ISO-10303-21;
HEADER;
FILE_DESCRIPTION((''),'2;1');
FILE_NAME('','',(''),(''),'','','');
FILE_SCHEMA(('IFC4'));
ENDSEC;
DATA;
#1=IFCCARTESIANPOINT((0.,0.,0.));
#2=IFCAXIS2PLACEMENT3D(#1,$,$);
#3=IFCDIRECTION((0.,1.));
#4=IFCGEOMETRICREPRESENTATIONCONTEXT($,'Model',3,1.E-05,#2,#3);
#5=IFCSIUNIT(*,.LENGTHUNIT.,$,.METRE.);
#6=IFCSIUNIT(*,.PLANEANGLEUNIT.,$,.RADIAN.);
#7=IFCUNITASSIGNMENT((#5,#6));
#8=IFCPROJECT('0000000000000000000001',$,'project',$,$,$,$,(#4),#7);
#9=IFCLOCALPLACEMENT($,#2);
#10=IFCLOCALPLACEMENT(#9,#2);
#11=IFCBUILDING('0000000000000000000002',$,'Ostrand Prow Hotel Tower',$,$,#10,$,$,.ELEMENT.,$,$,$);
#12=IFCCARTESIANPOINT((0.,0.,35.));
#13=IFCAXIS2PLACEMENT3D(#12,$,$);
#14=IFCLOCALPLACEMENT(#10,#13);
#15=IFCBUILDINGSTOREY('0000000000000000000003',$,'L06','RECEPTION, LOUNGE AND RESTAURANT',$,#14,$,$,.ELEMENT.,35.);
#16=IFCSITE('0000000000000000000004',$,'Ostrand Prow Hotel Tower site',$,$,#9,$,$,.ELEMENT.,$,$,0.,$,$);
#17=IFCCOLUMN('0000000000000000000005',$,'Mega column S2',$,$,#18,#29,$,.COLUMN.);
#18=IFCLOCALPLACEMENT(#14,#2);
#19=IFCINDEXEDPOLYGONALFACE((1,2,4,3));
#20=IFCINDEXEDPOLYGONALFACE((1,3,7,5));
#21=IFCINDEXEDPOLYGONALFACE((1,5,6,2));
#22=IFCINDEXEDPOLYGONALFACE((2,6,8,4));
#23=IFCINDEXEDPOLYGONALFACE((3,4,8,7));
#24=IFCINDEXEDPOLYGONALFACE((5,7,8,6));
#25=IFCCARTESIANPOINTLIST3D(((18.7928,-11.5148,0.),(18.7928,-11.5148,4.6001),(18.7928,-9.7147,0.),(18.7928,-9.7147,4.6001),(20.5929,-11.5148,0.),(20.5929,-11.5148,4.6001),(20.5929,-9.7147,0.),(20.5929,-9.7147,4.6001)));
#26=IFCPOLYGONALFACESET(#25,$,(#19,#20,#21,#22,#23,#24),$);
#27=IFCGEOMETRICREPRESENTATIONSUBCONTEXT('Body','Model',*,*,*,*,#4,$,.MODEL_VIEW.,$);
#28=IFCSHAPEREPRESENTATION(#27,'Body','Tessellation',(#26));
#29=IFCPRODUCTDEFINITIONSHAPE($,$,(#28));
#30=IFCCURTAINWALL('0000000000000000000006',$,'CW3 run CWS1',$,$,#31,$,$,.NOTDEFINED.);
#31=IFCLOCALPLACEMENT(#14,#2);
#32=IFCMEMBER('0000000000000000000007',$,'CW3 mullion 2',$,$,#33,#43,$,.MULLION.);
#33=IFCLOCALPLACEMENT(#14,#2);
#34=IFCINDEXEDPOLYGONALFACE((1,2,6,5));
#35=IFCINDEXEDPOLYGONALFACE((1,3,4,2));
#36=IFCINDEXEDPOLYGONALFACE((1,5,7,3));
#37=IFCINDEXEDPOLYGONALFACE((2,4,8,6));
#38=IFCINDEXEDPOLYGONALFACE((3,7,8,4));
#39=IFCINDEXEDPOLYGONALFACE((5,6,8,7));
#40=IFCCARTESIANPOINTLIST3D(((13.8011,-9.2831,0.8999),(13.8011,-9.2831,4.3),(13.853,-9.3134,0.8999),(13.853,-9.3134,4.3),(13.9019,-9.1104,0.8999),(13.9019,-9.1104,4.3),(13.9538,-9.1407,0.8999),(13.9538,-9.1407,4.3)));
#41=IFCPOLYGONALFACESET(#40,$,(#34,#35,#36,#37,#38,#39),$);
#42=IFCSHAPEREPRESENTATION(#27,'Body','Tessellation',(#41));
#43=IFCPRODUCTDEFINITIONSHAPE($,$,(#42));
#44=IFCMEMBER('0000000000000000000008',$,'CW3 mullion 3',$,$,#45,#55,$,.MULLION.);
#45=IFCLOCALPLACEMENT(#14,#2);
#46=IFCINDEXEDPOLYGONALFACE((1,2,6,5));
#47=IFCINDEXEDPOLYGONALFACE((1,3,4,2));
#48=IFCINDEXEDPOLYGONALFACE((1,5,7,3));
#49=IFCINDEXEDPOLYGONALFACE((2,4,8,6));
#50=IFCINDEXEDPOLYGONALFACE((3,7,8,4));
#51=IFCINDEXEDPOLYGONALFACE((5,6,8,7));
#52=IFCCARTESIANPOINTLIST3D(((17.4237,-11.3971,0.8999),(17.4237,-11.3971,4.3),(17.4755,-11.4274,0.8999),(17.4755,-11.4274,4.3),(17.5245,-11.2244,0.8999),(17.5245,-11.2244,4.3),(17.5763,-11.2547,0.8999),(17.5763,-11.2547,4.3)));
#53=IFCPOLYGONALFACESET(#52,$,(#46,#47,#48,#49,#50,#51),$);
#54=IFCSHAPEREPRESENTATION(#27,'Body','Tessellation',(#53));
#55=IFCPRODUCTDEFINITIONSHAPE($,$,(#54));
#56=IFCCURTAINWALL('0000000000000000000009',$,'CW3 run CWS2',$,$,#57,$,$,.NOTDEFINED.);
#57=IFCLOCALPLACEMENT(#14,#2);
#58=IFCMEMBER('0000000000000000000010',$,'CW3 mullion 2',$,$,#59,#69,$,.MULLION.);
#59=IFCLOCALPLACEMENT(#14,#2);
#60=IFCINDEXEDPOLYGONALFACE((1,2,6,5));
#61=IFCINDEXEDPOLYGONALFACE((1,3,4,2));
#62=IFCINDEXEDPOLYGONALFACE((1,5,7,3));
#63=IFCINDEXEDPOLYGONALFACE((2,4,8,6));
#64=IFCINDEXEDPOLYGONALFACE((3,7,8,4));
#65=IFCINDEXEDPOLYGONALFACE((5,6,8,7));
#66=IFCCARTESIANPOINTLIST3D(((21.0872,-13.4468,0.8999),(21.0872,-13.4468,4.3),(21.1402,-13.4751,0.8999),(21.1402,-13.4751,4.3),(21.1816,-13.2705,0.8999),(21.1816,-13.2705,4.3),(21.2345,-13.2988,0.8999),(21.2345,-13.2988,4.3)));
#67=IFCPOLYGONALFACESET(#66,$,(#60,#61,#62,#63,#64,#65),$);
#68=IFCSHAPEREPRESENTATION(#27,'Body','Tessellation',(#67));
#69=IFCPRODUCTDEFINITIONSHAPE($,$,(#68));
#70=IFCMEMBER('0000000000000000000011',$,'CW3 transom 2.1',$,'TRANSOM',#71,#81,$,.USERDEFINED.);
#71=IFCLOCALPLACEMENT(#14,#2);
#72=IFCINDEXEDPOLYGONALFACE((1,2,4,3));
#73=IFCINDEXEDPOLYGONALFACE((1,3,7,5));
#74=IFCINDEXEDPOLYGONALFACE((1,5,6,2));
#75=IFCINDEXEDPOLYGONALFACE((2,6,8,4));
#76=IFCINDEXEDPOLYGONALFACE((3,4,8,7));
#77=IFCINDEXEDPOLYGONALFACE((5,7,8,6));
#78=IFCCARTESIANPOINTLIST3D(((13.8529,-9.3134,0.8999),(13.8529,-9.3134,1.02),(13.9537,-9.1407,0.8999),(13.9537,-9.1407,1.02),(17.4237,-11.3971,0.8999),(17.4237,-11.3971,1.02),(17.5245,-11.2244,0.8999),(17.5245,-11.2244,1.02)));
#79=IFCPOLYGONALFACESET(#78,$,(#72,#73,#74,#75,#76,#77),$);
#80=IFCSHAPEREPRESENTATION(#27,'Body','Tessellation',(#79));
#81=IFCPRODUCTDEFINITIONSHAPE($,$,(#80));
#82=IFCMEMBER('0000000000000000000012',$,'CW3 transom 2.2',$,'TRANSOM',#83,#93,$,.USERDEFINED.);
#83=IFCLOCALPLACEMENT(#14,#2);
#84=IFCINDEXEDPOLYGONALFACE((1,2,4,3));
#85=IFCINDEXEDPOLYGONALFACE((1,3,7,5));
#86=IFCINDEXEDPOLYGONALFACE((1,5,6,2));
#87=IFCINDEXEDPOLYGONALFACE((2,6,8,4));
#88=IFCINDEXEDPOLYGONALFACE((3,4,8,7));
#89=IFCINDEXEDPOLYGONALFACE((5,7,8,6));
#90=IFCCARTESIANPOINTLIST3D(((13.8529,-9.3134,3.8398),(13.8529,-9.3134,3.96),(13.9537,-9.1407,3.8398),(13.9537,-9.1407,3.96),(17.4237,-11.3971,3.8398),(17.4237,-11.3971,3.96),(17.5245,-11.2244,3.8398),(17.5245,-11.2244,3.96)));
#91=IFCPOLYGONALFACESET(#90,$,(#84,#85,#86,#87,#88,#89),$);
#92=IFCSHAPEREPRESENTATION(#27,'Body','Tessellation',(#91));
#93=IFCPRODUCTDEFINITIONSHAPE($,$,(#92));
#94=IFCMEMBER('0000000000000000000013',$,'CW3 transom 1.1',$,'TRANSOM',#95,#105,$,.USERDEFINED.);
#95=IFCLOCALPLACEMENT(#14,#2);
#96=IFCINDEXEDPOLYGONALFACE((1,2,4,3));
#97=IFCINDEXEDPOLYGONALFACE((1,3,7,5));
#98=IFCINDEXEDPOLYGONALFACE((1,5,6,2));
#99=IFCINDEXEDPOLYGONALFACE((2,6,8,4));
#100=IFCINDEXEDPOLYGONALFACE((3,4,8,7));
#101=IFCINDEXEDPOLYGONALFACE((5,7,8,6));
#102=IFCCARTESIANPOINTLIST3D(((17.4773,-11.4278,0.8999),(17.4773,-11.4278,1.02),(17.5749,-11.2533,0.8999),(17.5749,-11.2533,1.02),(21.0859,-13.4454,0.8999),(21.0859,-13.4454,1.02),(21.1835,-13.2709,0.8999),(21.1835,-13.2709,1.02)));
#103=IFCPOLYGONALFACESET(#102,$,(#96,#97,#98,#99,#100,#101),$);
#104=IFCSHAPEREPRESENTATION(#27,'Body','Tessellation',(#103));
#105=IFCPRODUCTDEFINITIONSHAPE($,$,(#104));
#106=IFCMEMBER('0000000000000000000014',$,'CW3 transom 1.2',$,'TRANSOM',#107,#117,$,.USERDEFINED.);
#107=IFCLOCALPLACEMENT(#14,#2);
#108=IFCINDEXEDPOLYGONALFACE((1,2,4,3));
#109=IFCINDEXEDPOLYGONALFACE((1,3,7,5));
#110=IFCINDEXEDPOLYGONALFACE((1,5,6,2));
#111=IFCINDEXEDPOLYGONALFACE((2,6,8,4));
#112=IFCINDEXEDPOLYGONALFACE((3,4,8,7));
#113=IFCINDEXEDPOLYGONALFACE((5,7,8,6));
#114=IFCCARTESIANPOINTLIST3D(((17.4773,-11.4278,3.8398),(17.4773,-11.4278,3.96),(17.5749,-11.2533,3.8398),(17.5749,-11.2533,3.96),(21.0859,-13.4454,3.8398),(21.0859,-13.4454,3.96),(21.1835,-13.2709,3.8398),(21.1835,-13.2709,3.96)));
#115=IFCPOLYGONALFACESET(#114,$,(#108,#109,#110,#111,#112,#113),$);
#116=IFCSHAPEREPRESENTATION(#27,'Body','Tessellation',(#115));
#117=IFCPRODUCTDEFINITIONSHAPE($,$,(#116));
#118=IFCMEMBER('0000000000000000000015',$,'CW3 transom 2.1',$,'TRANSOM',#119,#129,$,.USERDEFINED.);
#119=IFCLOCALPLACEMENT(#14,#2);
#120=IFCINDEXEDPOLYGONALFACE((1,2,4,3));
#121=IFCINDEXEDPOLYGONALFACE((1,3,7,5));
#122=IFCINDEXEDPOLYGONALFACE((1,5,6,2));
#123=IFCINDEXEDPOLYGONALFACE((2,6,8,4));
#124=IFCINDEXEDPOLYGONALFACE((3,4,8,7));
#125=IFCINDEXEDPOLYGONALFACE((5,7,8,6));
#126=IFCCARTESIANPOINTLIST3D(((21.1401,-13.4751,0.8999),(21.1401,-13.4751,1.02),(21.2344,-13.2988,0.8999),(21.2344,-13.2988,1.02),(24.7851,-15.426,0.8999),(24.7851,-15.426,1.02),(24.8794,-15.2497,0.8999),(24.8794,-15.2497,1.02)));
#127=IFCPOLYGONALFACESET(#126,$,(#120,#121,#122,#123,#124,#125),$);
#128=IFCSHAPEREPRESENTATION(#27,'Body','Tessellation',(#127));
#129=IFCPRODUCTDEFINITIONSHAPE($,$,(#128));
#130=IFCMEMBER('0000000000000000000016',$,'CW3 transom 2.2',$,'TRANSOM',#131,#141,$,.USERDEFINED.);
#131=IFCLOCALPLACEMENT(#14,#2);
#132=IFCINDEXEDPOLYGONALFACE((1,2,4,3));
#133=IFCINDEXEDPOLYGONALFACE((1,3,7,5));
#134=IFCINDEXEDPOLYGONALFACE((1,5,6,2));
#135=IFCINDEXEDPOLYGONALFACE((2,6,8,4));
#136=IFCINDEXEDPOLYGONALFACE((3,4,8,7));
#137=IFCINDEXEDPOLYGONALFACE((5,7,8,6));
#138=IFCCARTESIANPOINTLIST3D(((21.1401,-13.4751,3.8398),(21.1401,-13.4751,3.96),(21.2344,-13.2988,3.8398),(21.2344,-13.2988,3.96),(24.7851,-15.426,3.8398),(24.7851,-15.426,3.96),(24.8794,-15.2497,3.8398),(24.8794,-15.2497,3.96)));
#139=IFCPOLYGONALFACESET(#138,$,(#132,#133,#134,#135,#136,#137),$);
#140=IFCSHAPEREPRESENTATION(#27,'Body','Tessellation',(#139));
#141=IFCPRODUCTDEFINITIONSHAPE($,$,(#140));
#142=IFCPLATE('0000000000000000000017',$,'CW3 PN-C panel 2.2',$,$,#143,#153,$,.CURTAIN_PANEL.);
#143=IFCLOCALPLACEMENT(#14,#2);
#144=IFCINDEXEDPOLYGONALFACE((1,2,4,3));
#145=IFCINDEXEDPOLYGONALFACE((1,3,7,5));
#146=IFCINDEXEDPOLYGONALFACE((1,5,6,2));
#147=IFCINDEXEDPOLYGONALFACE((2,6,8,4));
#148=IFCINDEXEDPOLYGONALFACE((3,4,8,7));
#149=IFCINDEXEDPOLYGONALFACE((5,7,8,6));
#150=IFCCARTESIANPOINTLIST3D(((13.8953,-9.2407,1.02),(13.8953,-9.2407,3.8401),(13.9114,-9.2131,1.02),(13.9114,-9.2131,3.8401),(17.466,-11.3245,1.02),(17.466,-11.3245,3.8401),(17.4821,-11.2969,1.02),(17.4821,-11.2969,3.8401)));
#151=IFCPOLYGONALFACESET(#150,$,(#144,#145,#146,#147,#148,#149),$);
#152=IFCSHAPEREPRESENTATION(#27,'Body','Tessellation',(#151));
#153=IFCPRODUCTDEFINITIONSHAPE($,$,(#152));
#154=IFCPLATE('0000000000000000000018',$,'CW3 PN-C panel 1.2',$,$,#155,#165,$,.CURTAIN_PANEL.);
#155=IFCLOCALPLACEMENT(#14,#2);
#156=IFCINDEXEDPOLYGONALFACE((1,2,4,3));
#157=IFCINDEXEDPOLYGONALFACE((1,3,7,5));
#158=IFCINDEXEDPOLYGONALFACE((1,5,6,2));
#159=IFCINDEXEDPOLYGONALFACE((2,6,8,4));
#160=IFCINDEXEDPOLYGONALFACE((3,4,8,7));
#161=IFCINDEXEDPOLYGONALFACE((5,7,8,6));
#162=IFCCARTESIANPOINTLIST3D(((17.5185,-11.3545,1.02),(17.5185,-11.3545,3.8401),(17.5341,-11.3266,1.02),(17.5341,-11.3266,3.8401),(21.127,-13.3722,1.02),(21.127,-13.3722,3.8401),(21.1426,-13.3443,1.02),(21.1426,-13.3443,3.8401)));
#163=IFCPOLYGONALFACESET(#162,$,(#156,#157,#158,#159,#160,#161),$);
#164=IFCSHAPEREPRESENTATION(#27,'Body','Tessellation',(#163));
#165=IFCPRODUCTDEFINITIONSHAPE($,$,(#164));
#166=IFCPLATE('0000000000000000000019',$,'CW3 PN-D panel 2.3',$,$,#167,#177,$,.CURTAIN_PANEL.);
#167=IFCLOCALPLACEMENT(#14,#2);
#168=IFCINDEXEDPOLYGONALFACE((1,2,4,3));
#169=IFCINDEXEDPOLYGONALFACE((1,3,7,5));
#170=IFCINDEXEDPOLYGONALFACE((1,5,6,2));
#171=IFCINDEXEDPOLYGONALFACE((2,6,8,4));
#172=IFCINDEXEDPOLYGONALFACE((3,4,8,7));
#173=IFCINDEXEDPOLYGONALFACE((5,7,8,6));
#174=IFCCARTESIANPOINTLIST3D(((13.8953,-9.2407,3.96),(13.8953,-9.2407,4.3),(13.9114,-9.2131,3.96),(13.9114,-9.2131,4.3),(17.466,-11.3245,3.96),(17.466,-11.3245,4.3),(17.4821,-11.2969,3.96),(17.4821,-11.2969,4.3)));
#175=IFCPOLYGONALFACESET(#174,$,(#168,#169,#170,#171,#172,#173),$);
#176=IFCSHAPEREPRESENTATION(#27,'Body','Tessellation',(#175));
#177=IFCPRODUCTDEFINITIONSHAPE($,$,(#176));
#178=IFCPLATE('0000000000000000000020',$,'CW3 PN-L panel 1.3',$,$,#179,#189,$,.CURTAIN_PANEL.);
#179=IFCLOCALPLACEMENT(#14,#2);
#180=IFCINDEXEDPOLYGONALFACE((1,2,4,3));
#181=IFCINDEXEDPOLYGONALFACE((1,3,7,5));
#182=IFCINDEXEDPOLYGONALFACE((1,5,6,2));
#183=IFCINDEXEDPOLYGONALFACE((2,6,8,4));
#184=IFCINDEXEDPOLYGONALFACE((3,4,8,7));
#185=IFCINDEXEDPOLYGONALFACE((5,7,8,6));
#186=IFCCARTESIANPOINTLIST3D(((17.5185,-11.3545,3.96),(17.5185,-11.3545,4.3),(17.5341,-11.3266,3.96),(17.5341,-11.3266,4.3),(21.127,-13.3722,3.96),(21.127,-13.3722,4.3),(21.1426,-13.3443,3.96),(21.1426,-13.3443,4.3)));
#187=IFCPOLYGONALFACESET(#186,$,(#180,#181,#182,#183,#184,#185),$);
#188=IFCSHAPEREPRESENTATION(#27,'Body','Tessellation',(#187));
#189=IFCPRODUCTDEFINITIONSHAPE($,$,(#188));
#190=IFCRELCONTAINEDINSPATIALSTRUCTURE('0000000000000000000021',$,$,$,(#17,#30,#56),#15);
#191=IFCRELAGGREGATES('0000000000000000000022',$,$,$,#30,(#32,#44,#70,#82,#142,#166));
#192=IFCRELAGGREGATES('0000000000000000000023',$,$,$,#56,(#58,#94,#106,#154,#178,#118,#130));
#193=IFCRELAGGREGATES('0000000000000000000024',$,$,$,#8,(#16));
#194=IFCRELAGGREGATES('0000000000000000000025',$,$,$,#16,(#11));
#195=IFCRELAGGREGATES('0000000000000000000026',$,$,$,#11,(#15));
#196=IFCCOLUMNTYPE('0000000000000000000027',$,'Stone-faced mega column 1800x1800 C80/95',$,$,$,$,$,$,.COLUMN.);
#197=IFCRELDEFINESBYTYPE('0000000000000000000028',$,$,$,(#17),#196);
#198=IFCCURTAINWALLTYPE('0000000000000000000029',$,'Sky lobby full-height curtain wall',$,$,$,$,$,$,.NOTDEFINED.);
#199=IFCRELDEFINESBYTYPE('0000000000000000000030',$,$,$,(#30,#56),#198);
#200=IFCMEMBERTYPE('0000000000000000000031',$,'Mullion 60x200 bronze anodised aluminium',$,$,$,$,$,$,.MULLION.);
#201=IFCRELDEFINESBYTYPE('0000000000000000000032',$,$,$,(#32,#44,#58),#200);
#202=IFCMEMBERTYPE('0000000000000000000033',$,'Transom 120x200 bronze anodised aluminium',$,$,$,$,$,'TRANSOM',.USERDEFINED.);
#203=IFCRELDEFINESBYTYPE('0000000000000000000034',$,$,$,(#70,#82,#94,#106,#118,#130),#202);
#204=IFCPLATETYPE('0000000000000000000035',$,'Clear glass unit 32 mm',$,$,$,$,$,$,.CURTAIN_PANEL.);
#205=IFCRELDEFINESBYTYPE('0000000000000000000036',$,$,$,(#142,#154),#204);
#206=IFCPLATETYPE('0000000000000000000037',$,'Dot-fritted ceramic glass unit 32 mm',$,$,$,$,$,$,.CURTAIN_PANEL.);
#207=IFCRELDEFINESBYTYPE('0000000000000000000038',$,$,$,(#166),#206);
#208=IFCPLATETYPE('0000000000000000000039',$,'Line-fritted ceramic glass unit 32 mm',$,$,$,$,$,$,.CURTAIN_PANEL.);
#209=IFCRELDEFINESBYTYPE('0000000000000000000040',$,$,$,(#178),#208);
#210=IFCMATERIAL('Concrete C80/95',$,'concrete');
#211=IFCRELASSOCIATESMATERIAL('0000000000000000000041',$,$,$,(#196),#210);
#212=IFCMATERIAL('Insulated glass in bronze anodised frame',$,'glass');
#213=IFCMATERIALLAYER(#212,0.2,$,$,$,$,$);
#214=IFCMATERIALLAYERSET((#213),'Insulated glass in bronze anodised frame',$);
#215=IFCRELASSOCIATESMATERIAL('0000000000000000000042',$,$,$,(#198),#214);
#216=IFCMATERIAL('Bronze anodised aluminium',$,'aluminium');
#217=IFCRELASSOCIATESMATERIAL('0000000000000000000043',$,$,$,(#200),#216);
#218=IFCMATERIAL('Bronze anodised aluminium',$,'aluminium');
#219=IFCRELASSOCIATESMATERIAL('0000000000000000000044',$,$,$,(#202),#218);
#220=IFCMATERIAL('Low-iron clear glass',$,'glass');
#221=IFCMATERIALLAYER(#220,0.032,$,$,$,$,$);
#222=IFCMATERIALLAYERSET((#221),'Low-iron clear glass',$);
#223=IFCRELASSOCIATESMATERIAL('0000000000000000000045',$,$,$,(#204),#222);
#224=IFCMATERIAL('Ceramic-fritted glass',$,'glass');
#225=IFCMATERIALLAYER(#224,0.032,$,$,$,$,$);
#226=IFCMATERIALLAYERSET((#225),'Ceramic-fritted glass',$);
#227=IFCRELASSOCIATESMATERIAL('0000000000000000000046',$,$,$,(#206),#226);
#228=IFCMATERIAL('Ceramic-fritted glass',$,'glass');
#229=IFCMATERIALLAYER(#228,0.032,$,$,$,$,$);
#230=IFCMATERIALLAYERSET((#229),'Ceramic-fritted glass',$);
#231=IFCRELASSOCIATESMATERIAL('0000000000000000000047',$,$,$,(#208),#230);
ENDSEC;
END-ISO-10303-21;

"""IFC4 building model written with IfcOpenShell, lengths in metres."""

from ifc_helpers import new_model, si_unit, direction, frame, origin, origin_2d, place, context, subcontext, project, spatial, rectangle, extrude, material, layer, layer_set, material_profile, profile_set, type_object, element, aggregate, save


model = new_model("IFC4")

# Units and contexts
model_context = context("Model", 3, precision=1e-05, world=origin(), true_north=direction((0.0, 1.0)))
body_context = subcontext(model_context, "Body", "Model", "MODEL_VIEW")
ifc_project = project(units=[si_unit("LENGTHUNIT", "METRE"), si_unit("PLANEANGLEUNIT", "RADIAN")], contexts=[model_context])

# Site, building, storey
site_placement = place(None, origin())
site = spatial("IfcSite", under=ifc_project, at=site_placement, Name="Ostrand Prow Hotel Tower site", CompositionType="ELEMENT", RefElevation=0.0)
building_placement = place(site_placement, origin())
building = spatial("IfcBuilding", under=site, at=building_placement, Name="Ostrand Prow Hotel Tower", CompositionType="ELEMENT")
storey_placement = place(building_placement, frame((0.0, 0.0, 35.0)))
storey = spatial("IfcBuildingStorey", under=building, at=storey_placement, Name="L06", Description="RECEPTION, LOUNGE AND RESTAURANT", CompositionType="ELEMENT", Elevation=35.0)

# Column
ifc_material_1 = material(Name="Concrete C80/95", Category="concrete")
ifc_material_profile_1 = material_profile(ifc_material_1, rectangle(XDim=1.8, YDim=1.8, at=origin_2d()), Name="RC 1800x1800")
ifc_profile_set_1 = profile_set([ifc_material_profile_1], Name="Concrete C80/95")
column_type = type_object("IfcColumnType", Name="Stone-faced mega column 1800x1800 C80/95", PredefinedType="COLUMN", material=ifc_profile_set_1)
column_placement = place(storey_placement, frame((19.6929, -10.6147, 0.0), z_axis=(0.0, 0.0, 1.0), x_axis=(1.0, 0.0, 0.0)))
element("IfcColumn", 1, at=column_placement, inside=storey, type_object=column_type, Name="Mega column S2", PredefinedType="COLUMN", context=body_context, shape_type="SweptSolid", body=[
    extrude(rectangle(XDim=1.8, YDim=1.8, at=origin_2d()), origin(), (0.0, 0.0, 1.0), 4.6001),
])

# Curtain wall, members
ifc_material_2 = material(Name="Insulated glass in bronze anodised frame", Category="glass")
ifc_layer_1 = layer(ifc_material_2, 0.2)
ifc_layer_set_1 = layer_set([ifc_layer_1], Name="Insulated glass in bronze anodised frame")
curtain_wall_type = type_object("IfcCurtainWallType", Name="Sky lobby full-height curtain wall", PredefinedType="NOTDEFINED", material=ifc_layer_set_1)
curtain_wall_1_placement = place(storey_placement, origin())
curtain_wall_1 = element("IfcCurtainWall", 2, at=curtain_wall_1_placement, inside=storey, type_object=curtain_wall_type, Name="CW3 run CWS1", PredefinedType="NOTDEFINED")
ifc_material_3 = material(Name="Bronze anodised aluminium", Category="aluminium")
ifc_material_profile_2 = material_profile(ifc_material_3, rectangle(XDim=0.2, YDim=0.0601, at=origin_2d()), Name="Mullion 60x200 bronze anodised aluminium")
ifc_profile_set_2 = profile_set([ifc_material_profile_2], Name="Bronze anodised aluminium")
member_type_1 = type_object("IfcMemberType", Name="Mullion 60x200 bronze anodised aluminium", PredefinedType="MULLION", material=ifc_profile_set_2)
member_1_placement = place(storey_placement, frame((13.8774, -9.2119, 0.8999), z_axis=(0.0, 0.0, 1.0), x_axis=(0.504023, 0.86369, 0.0)))
member_1 = element("IfcMember", 3, at=member_1_placement, type_object=member_type_1, Name="CW3 mullion 2", PredefinedType="MULLION", context=body_context, shape_type="SweptSolid", body=[
    extrude(rectangle(XDim=0.2, YDim=0.0601, at=origin_2d()), origin(), (0.0, 0.0, 1.0), 3.4001),
])
member_2_placement = place(storey_placement, frame((17.5, -11.3259, 0.8999), z_axis=(0.0, 0.0, 1.0), x_axis=(0.504023, 0.86369, 0.0)))
member_2 = element("IfcMember", 4, at=member_2_placement, type_object=member_type_1, Name="CW3 mullion 3", PredefinedType="MULLION", context=body_context, shape_type="SweptSolid", body=[
    extrude(rectangle(XDim=0.2, YDim=0.0601, at=origin_2d()), origin(), (0.0, 0.0, 1.0), 3.4001),
])

# Curtain wall, member
curtain_wall_2_placement = place(storey_placement, origin())
curtain_wall_2 = element("IfcCurtainWall", 5, at=curtain_wall_2_placement, inside=storey, type_object=curtain_wall_type, Name="CW3 run CWS2", PredefinedType="NOTDEFINED")
member_3_placement = place(storey_placement, frame((21.1609, -13.3728, 0.8999), z_axis=(0.0, 0.0, 1.0), x_axis=(0.4719, 0.881652, 0.0)))
member_3 = element("IfcMember", 6, at=member_3_placement, type_object=member_type_1, Name="CW3 mullion 2", PredefinedType="MULLION", context=body_context, shape_type="SweptSolid", body=[
    extrude(rectangle(XDim=0.2, YDim=0.0601, at=origin_2d()), origin(), (0.0, 0.0, 1.0), 3.4001),
])

# Members
ifc_material_4 = material(Name="Bronze anodised aluminium", Category="aluminium")
ifc_material_profile_3 = material_profile(ifc_material_4, rectangle(XDim=0.2, YDim=0.1201, at=origin_2d()), Name="Transom 120x200 bronze anodised aluminium")
ifc_profile_set_3 = profile_set([ifc_material_profile_3], Name="Bronze anodised aluminium")
member_type_2 = type_object("IfcMemberType", Name="Transom 120x200 bronze anodised aluminium", ElementType="TRANSOM", PredefinedType="USERDEFINED", material=ifc_profile_set_3)
member_4_placement = place(storey_placement, frame((13.9033, -9.2271, 0.96), z_axis=(0.863698, -0.504011, 0.0), x_axis=(0.504011, 0.863698, 0.0)))
member_4 = element("IfcMember", 7, at=member_4_placement, type_object=member_type_2, Name="CW3 transom 2.1", ObjectType="TRANSOM", PredefinedType="USERDEFINED", context=body_context, shape_type="SweptSolid", body=[
    extrude(rectangle(XDim=0.2, YDim=0.1201, at=origin_2d()), origin(), (0.0, 0.0, 1.0), 4.1343),
])
member_5_placement = place(storey_placement, frame((13.9033, -9.2271, 3.8999), z_axis=(0.863698, -0.504011, 0.0), x_axis=(0.504011, 0.863698, 0.0)))
member_5 = element("IfcMember", 8, at=member_5_placement, type_object=member_type_2, Name="CW3 transom 2.2", ObjectType="TRANSOM", PredefinedType="USERDEFINED", context=body_context, shape_type="SweptSolid", body=[
    extrude(rectangle(XDim=0.2, YDim=0.1201, at=origin_2d()), origin(), (0.0, 0.0, 1.0), 4.1343),
])
member_6_placement = place(storey_placement, frame((17.5261, -11.3406, 0.96), z_axis=(0.872842, -0.488003, 0.0), x_axis=(0.488003, 0.872842, 0.0)))
member_6 = element("IfcMember", 9, at=member_6_placement, type_object=member_type_2, Name="CW3 transom 1.1", ObjectType="TRANSOM", PredefinedType="USERDEFINED", context=body_context, shape_type="SweptSolid", body=[
    extrude(rectangle(XDim=0.2, YDim=0.1201, at=origin_2d()), origin(), (0.0, 0.0, 1.0), 4.1343),
])
member_7_placement = place(storey_placement, frame((17.5261, -11.3406, 3.8999), z_axis=(0.872842, -0.488003, 0.0), x_axis=(0.488003, 0.872842, 0.0)))
member_7 = element("IfcMember", 10, at=member_7_placement, type_object=member_type_2, Name="CW3 transom 1.2", ObjectType="TRANSOM", PredefinedType="USERDEFINED", context=body_context, shape_type="SweptSolid", body=[
    extrude(rectangle(XDim=0.2, YDim=0.1201, at=origin_2d()), origin(), (0.0, 0.0, 1.0), 4.1343),
])
member_8_placement = place(storey_placement, frame((21.1873, -13.387, 0.96), z_axis=(0.881657, -0.47189, 0.0), x_axis=(0.47189, 0.881657, 0.0)))
member_8 = element("IfcMember", 11, at=member_8_placement, type_object=member_type_2, Name="CW3 transom 2.1", ObjectType="TRANSOM", PredefinedType="USERDEFINED", context=body_context, shape_type="SweptSolid", body=[
    extrude(rectangle(XDim=0.2, YDim=0.1201, at=origin_2d()), origin(), (0.0, 0.0, 1.0), 4.1343),
])
member_9_placement = place(storey_placement, frame((21.1873, -13.387, 3.8999), z_axis=(0.881657, -0.47189, 0.0), x_axis=(0.47189, 0.881657, 0.0)))
member_9 = element("IfcMember", 12, at=member_9_placement, type_object=member_type_2, Name="CW3 transom 2.2", ObjectType="TRANSOM", PredefinedType="USERDEFINED", context=body_context, shape_type="SweptSolid", body=[
    extrude(rectangle(XDim=0.2, YDim=0.1201, at=origin_2d()), origin(), (0.0, 0.0, 1.0), 4.1343),
])

# Plates
ifc_material_5 = material(Name="Low-iron clear glass", Category="glass")
ifc_layer_2 = layer(ifc_material_5, 0.032)
ifc_layer_set_2 = layer_set([ifc_layer_2], Name="Low-iron clear glass")
plate_type_1 = type_object("IfcPlateType", Name="Clear glass unit 32 mm", PredefinedType="CURTAIN_PANEL", material=ifc_layer_set_2)
plate_1_placement = place(storey_placement, frame((15.6887, -10.2688, 1.02), z_axis=(0.0, 0.0, 1.0), x_axis=(0.86369, -0.504023, 0.0)))
plate_1 = element("IfcPlate", 13, at=plate_1_placement, type_object=plate_type_1, Name="CW3 PN-C panel 2.2", PredefinedType="CURTAIN_PANEL", context=body_context, shape_type="SweptSolid", body=[
    extrude(rectangle(XDim=4.1343, YDim=0.032, at=origin_2d()), origin(), (0.0, 0.0, 1.0), 2.8201),
])
plate_2_placement = place(storey_placement, frame((19.3306, -12.3494, 1.02), z_axis=(0.0, 0.0, 1.0), x_axis=(0.872819, -0.488044, 0.0)))
plate_2 = element("IfcPlate", 14, at=plate_2_placement, type_object=plate_type_1, Name="CW3 PN-C panel 1.2", PredefinedType="CURTAIN_PANEL", context=body_context, shape_type="SweptSolid", body=[
    extrude(rectangle(XDim=4.1343, YDim=0.032, at=origin_2d()), origin(), (0.0, 0.0, 1.0), 2.8201),
])
ifc_material_6 = material(Name="Ceramic-fritted glass", Category="glass")
ifc_layer_3 = layer(ifc_material_6, 0.032)
ifc_layer_set_3 = layer_set([ifc_layer_3], Name="Ceramic-fritted glass")
plate_type_2 = type_object("IfcPlateType", Name="Dot-fritted ceramic glass unit 32 mm", PredefinedType="CURTAIN_PANEL", material=ifc_layer_set_3)
plate_3_placement = place(storey_placement, frame((15.6887, -10.2688, 3.96), z_axis=(0.0, 0.0, 1.0), x_axis=(0.86369, -0.504023, 0.0)))
plate_3 = element("IfcPlate", 15, at=plate_3_placement, type_object=plate_type_2, Name="CW3 PN-D panel 2.3", PredefinedType="CURTAIN_PANEL", context=body_context, shape_type="SweptSolid", body=[
    extrude(rectangle(XDim=4.1343, YDim=0.032, at=origin_2d()), origin(), (0.0, 0.0, 1.0), 0.3401),
])
aggregate(curtain_wall_1, [member_1, member_2, member_4, member_5, plate_1, plate_3])
ifc_material_7 = material(Name="Ceramic-fritted glass", Category="glass")
ifc_layer_4 = layer(ifc_material_7, 0.032)
ifc_layer_set_4 = layer_set([ifc_layer_4], Name="Ceramic-fritted glass")
plate_type_3 = type_object("IfcPlateType", Name="Line-fritted ceramic glass unit 32 mm", PredefinedType="CURTAIN_PANEL", material=ifc_layer_set_4)
plate_4_placement = place(storey_placement, frame((19.3306, -12.3494, 3.96), z_axis=(0.0, 0.0, 1.0), x_axis=(0.872819, -0.488044, 0.0)))
plate_4 = element("IfcPlate", 16, at=plate_4_placement, type_object=plate_type_3, Name="CW3 PN-L panel 1.3", PredefinedType="CURTAIN_PANEL", context=body_context, shape_type="SweptSolid", body=[
    extrude(rectangle(XDim=4.1343, YDim=0.032, at=origin_2d()), origin(), (0.0, 0.0, 1.0), 0.3401),
])
aggregate(curtain_wall_2, [member_3, member_6, member_7, plate_2, plate_4, member_8, member_9])

save(model, "model.ifc")
